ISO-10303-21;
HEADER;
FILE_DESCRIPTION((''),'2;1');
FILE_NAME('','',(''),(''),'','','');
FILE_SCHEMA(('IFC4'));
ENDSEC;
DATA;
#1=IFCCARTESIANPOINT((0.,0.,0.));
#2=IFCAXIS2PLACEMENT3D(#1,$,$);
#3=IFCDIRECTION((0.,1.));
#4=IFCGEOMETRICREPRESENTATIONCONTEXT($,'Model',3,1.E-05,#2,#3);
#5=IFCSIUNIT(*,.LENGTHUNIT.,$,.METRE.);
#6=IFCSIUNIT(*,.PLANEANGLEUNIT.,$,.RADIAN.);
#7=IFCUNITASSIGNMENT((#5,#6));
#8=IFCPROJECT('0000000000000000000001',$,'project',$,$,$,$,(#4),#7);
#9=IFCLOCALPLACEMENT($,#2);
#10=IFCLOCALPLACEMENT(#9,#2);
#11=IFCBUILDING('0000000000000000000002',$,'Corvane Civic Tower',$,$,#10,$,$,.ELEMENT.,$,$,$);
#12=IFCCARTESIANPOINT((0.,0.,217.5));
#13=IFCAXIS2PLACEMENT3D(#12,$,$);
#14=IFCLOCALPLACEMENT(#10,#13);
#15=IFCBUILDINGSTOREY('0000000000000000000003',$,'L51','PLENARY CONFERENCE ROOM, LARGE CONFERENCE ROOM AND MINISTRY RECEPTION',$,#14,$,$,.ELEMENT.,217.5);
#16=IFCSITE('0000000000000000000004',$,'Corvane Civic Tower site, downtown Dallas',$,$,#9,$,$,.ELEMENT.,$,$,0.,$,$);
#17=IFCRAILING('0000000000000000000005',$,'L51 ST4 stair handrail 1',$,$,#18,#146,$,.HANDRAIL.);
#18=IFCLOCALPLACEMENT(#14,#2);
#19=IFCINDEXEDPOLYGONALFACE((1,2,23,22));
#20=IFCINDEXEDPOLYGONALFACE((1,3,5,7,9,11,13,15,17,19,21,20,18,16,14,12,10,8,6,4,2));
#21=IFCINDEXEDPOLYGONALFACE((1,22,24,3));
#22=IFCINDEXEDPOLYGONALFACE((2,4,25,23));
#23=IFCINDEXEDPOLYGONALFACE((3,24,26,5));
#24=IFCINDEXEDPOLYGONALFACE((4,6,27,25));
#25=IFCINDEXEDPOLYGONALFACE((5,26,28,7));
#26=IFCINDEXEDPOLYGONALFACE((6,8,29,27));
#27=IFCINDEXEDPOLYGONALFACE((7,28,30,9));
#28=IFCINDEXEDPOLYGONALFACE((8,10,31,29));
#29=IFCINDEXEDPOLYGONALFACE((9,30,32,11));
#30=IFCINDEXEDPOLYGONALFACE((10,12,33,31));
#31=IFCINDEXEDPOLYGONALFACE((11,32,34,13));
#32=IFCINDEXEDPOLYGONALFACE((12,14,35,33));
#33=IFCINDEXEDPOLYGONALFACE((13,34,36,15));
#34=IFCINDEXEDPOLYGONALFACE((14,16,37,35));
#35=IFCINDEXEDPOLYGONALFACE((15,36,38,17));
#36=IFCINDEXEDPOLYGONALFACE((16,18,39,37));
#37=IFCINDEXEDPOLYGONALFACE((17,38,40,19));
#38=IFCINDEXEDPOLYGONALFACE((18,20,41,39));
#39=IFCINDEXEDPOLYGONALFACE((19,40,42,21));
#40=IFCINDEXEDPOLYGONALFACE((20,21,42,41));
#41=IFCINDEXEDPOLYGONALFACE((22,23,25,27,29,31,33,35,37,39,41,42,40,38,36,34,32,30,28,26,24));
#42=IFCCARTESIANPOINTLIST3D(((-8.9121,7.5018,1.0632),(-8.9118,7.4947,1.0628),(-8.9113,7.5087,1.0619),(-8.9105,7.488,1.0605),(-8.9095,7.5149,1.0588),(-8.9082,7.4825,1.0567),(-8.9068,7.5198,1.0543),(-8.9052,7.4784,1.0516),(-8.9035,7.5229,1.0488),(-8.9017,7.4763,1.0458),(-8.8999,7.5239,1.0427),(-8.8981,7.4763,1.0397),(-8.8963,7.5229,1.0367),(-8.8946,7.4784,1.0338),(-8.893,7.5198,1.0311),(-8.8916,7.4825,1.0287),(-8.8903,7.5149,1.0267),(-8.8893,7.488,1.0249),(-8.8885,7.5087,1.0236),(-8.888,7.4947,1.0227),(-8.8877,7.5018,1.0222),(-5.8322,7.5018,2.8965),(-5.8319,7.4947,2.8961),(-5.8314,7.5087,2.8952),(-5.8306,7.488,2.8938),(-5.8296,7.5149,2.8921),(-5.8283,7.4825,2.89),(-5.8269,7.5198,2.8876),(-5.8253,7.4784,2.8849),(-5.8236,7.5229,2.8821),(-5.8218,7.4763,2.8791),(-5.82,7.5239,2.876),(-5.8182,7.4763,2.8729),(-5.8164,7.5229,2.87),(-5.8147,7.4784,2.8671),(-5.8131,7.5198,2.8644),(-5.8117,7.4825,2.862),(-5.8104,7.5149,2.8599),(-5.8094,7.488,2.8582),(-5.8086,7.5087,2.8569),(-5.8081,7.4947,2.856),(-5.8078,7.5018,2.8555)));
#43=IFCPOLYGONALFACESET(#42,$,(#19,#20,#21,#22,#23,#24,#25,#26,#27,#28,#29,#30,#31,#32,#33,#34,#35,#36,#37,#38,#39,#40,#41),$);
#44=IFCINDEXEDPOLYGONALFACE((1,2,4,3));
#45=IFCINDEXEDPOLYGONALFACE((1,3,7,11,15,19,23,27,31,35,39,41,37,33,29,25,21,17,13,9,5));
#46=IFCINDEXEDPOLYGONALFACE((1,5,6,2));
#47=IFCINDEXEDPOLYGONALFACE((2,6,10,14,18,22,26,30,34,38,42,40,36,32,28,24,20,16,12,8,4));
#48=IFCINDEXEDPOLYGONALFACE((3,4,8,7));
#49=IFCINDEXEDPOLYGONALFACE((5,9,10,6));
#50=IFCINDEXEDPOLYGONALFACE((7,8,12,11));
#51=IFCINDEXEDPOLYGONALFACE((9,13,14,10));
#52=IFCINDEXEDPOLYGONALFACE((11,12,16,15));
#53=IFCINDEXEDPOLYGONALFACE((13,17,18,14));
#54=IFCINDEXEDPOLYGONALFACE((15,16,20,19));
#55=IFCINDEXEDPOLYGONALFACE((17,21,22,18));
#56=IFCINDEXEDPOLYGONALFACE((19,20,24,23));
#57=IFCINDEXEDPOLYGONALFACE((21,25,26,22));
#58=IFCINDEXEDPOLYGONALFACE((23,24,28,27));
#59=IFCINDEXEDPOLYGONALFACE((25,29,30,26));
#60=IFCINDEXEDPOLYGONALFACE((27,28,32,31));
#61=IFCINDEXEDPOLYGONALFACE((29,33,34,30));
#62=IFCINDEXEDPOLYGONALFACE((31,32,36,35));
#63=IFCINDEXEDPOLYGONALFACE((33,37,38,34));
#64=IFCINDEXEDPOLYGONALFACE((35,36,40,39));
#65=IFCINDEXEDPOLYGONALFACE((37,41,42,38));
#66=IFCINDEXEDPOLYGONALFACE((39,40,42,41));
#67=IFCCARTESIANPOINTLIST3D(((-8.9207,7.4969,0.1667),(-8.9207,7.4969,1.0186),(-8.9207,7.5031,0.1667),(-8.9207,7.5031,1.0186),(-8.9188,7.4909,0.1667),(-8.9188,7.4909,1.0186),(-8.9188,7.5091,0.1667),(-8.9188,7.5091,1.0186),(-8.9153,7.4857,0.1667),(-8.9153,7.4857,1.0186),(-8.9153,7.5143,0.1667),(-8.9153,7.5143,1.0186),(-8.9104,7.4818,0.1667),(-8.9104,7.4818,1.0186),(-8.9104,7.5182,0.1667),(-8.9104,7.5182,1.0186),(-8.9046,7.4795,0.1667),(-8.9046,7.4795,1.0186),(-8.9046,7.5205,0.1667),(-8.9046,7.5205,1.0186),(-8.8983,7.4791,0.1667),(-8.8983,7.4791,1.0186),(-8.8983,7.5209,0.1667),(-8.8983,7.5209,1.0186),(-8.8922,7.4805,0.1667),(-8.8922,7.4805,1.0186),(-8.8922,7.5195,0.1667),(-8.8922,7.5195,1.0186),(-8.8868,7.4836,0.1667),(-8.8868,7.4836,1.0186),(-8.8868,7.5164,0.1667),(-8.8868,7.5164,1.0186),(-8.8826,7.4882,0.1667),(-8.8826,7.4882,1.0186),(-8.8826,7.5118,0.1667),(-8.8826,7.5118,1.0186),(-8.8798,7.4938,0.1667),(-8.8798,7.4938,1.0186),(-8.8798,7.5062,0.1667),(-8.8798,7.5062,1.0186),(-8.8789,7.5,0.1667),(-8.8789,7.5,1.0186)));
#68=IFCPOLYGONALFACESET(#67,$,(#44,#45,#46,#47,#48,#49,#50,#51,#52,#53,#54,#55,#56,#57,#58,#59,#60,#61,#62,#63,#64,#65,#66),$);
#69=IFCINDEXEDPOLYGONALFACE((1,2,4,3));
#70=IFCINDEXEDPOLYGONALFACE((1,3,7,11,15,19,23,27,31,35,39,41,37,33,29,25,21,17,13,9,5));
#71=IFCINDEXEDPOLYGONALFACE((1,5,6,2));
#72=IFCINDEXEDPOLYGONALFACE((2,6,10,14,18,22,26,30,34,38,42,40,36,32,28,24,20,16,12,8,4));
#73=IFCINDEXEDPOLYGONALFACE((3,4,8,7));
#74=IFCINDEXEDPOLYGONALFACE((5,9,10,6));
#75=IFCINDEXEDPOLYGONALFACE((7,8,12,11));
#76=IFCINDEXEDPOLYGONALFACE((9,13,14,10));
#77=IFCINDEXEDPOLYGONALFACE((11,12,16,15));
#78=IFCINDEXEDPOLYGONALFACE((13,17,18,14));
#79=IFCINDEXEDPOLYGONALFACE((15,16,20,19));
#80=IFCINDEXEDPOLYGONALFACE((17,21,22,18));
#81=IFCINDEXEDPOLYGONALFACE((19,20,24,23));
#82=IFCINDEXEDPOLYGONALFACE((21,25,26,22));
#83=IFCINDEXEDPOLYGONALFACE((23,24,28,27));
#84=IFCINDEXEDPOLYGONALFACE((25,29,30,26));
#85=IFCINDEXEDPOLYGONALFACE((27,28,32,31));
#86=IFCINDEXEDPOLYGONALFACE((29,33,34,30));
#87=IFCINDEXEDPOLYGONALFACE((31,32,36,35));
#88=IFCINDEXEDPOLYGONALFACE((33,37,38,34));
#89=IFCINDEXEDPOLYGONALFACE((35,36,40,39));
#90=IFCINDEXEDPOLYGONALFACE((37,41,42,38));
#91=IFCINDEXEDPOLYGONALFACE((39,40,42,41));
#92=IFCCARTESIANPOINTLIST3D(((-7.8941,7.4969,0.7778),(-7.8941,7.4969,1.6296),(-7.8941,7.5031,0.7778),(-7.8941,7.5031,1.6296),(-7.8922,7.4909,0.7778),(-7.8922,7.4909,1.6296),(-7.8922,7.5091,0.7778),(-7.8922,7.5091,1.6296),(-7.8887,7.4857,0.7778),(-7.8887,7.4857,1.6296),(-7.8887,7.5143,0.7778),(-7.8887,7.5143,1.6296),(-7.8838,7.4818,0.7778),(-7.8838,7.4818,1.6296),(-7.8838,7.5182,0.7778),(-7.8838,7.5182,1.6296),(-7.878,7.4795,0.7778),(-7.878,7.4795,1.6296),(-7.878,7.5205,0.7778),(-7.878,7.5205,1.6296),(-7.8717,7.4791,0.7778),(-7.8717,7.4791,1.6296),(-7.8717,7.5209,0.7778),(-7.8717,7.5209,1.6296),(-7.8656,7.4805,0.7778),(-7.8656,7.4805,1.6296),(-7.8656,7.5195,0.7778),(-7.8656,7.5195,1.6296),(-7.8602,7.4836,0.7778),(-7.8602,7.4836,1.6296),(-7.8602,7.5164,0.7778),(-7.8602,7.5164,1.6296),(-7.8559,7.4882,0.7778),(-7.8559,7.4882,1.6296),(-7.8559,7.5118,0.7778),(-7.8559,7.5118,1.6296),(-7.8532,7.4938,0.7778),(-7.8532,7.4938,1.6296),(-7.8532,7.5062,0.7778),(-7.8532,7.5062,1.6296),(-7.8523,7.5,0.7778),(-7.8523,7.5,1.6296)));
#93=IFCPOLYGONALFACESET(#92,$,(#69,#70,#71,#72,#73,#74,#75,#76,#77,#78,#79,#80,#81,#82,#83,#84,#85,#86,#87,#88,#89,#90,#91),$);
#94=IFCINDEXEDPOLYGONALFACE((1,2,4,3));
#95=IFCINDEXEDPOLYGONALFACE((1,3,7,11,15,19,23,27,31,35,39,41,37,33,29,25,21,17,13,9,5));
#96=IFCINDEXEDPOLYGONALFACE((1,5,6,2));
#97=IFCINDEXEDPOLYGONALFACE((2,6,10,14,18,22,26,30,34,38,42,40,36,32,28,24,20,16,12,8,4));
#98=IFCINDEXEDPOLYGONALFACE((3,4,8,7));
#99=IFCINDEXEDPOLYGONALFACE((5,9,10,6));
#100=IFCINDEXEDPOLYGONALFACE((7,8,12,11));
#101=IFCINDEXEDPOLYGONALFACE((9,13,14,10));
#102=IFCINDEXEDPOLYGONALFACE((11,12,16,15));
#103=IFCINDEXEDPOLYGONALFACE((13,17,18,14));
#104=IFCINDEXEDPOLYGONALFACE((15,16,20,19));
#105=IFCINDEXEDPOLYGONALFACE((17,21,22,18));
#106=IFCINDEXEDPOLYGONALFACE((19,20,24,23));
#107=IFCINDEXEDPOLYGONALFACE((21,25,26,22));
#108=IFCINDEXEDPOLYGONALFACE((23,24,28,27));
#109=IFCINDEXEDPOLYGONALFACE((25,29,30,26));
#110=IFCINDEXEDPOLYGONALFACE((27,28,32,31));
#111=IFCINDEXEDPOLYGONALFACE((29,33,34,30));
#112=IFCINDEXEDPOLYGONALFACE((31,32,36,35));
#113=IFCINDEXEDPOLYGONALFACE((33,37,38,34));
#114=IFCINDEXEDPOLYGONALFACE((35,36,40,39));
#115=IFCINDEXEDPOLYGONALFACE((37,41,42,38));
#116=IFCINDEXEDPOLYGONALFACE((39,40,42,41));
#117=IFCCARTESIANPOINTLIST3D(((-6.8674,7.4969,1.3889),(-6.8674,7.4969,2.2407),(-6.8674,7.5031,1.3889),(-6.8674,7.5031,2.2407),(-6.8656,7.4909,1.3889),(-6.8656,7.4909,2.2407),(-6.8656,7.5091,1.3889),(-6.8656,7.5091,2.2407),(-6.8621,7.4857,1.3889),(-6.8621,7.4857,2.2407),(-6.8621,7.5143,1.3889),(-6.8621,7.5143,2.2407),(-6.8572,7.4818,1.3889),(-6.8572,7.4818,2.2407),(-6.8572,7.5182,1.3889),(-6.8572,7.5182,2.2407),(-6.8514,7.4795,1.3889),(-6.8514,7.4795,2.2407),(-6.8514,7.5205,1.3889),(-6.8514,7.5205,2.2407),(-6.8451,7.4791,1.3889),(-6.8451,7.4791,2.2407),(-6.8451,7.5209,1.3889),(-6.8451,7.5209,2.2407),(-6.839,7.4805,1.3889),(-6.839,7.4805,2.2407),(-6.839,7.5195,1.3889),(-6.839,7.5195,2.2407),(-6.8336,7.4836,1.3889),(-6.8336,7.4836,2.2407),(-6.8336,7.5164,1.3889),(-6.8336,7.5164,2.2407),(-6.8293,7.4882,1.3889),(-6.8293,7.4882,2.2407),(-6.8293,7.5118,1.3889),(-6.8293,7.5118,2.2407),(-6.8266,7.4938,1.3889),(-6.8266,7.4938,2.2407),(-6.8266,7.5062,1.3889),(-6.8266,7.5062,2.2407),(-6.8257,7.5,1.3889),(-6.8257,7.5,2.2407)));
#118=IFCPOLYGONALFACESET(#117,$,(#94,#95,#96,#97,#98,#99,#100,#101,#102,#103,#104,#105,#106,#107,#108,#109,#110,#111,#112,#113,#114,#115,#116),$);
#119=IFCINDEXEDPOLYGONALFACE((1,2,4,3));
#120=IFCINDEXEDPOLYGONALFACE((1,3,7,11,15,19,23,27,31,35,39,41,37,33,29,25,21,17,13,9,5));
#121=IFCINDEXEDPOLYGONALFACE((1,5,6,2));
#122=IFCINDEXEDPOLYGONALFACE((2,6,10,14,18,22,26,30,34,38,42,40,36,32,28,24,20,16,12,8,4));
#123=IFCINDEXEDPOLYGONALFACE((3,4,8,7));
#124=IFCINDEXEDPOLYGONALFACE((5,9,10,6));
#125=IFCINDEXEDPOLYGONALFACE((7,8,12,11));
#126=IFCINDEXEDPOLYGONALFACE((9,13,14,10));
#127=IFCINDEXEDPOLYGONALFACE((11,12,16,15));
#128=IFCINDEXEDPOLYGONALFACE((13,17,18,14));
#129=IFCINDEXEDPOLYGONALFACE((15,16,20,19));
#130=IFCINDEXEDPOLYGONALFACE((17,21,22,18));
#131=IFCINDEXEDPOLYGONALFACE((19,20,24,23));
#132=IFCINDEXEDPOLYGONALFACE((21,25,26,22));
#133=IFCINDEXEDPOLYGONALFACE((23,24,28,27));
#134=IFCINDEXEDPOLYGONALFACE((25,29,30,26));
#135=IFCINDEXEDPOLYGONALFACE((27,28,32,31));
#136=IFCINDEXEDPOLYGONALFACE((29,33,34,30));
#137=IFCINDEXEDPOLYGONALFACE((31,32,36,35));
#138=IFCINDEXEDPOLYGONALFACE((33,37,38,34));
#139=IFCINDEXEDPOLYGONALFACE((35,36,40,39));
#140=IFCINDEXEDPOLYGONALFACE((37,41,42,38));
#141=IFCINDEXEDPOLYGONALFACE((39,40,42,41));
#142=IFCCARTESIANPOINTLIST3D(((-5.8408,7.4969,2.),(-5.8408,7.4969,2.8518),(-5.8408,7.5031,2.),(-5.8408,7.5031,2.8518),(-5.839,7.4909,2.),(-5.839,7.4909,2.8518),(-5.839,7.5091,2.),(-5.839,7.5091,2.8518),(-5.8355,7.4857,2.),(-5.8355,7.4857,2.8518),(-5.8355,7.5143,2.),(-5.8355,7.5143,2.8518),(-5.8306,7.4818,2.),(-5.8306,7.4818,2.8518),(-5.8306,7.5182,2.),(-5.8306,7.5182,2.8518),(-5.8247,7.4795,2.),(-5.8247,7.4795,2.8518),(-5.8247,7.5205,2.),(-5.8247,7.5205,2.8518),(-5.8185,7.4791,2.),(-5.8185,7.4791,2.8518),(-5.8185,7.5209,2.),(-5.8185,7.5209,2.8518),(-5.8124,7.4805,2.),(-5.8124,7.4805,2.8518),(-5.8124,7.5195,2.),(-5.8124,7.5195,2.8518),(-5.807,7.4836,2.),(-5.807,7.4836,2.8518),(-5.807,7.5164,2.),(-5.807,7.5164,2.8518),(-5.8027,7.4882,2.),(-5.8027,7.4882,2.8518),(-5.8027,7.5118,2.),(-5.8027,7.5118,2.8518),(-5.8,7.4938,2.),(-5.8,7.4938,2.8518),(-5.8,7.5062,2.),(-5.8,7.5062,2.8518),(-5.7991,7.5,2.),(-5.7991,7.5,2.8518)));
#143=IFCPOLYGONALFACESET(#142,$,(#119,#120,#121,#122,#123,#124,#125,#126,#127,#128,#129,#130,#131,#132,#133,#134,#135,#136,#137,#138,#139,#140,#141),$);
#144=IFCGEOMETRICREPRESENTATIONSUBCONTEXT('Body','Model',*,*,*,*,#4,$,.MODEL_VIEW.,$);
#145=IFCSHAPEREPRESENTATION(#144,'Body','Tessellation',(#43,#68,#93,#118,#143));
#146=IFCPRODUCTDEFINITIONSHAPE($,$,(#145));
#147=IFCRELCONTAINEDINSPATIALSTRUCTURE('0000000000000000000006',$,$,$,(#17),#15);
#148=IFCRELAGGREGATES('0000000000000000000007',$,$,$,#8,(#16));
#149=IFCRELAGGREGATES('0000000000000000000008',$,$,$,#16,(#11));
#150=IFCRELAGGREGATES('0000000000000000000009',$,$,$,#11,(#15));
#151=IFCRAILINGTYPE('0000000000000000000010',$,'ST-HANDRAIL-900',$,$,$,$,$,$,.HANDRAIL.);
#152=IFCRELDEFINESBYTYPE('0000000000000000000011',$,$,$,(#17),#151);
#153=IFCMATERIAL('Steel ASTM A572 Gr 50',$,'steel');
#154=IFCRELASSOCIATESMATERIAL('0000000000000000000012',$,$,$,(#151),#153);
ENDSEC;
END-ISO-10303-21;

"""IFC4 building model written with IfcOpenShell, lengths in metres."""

from ifc_helpers import new_model, si_unit, direction, frame, origin, origin_2d, place, context, subcontext, project, spatial, circle, extrude, material, type_object, element, save


model = new_model("IFC4")

# Units and contexts
model_context = context("Model", 3, precision=1e-05, world=origin(), true_north=direction((0.0, 1.0)))
body_context = subcontext(model_context, "Body", "Model", "MODEL_VIEW")
ifc_project = project(units=[si_unit("LENGTHUNIT", "METRE"), si_unit("PLANEANGLEUNIT", "RADIAN")], contexts=[model_context])

# Site, building, storey
site_placement = place(None, origin())
site = spatial("IfcSite", under=ifc_project, at=site_placement, Name="Corvane Civic Tower site, downtown Dallas", CompositionType="ELEMENT", RefElevation=0.0)
building_placement = place(site_placement, origin())
building = spatial("IfcBuilding", under=site, at=building_placement, Name="Corvane Civic Tower", CompositionType="ELEMENT")
storey_placement = place(building_placement, frame((0.0, 0.0, 217.5)))
storey = spatial("IfcBuildingStorey", under=building, at=storey_placement, Name="L51", Description="PLENARY CONFERENCE ROOM, LARGE CONFERENCE ROOM AND MINISTRY RECEPTION", CompositionType="ELEMENT", Elevation=217.5)

# Railing
ifc_material_1 = material(Name="Steel ASTM A572 Gr 50", Category="steel")
railing_type = type_object("IfcRailingType", Name="ST-HANDRAIL-900", PredefinedType="HANDRAIL", material=ifc_material_1)
railing_1_placement = place(storey_placement, frame((-8.8999, 7.5, 0.1667)))
element("IfcRailing", 1, at=railing_1_placement, inside=storey, type_object=railing_type, Name="L51 ST4 stair handrail 1", PredefinedType="HANDRAIL", context=body_context, shape_type="SweptSolid", body=[
    extrude(circle(Radius=0.0239, at=origin_2d()), frame((0.0, 0.0, 0.876), z_axis=(0.859291, 0.0, 0.511487), x_axis=(0.0, 1.0, 0.0)), (0.0, 0.0, 1.0), 3.5842),
    extrude(circle(Radius=0.021, at=origin_2d()), origin(), (0.0, 0.0, 1.0), 0.8518),
    extrude(circle(Radius=0.021, at=origin_2d()), frame((1.0266, 0.0, 0.6111)), (0.0, 0.0, 1.0), 0.8518),
    extrude(circle(Radius=0.021, at=origin_2d()), frame((2.0532, 0.0, 1.2222)), (0.0, 0.0, 1.0), 0.8518),
    extrude(circle(Radius=0.021, at=origin_2d()), frame((3.0798, 0.0, 1.8333)), (0.0, 0.0, 1.0), 0.8518),
])

save(model, "model.ifc")
